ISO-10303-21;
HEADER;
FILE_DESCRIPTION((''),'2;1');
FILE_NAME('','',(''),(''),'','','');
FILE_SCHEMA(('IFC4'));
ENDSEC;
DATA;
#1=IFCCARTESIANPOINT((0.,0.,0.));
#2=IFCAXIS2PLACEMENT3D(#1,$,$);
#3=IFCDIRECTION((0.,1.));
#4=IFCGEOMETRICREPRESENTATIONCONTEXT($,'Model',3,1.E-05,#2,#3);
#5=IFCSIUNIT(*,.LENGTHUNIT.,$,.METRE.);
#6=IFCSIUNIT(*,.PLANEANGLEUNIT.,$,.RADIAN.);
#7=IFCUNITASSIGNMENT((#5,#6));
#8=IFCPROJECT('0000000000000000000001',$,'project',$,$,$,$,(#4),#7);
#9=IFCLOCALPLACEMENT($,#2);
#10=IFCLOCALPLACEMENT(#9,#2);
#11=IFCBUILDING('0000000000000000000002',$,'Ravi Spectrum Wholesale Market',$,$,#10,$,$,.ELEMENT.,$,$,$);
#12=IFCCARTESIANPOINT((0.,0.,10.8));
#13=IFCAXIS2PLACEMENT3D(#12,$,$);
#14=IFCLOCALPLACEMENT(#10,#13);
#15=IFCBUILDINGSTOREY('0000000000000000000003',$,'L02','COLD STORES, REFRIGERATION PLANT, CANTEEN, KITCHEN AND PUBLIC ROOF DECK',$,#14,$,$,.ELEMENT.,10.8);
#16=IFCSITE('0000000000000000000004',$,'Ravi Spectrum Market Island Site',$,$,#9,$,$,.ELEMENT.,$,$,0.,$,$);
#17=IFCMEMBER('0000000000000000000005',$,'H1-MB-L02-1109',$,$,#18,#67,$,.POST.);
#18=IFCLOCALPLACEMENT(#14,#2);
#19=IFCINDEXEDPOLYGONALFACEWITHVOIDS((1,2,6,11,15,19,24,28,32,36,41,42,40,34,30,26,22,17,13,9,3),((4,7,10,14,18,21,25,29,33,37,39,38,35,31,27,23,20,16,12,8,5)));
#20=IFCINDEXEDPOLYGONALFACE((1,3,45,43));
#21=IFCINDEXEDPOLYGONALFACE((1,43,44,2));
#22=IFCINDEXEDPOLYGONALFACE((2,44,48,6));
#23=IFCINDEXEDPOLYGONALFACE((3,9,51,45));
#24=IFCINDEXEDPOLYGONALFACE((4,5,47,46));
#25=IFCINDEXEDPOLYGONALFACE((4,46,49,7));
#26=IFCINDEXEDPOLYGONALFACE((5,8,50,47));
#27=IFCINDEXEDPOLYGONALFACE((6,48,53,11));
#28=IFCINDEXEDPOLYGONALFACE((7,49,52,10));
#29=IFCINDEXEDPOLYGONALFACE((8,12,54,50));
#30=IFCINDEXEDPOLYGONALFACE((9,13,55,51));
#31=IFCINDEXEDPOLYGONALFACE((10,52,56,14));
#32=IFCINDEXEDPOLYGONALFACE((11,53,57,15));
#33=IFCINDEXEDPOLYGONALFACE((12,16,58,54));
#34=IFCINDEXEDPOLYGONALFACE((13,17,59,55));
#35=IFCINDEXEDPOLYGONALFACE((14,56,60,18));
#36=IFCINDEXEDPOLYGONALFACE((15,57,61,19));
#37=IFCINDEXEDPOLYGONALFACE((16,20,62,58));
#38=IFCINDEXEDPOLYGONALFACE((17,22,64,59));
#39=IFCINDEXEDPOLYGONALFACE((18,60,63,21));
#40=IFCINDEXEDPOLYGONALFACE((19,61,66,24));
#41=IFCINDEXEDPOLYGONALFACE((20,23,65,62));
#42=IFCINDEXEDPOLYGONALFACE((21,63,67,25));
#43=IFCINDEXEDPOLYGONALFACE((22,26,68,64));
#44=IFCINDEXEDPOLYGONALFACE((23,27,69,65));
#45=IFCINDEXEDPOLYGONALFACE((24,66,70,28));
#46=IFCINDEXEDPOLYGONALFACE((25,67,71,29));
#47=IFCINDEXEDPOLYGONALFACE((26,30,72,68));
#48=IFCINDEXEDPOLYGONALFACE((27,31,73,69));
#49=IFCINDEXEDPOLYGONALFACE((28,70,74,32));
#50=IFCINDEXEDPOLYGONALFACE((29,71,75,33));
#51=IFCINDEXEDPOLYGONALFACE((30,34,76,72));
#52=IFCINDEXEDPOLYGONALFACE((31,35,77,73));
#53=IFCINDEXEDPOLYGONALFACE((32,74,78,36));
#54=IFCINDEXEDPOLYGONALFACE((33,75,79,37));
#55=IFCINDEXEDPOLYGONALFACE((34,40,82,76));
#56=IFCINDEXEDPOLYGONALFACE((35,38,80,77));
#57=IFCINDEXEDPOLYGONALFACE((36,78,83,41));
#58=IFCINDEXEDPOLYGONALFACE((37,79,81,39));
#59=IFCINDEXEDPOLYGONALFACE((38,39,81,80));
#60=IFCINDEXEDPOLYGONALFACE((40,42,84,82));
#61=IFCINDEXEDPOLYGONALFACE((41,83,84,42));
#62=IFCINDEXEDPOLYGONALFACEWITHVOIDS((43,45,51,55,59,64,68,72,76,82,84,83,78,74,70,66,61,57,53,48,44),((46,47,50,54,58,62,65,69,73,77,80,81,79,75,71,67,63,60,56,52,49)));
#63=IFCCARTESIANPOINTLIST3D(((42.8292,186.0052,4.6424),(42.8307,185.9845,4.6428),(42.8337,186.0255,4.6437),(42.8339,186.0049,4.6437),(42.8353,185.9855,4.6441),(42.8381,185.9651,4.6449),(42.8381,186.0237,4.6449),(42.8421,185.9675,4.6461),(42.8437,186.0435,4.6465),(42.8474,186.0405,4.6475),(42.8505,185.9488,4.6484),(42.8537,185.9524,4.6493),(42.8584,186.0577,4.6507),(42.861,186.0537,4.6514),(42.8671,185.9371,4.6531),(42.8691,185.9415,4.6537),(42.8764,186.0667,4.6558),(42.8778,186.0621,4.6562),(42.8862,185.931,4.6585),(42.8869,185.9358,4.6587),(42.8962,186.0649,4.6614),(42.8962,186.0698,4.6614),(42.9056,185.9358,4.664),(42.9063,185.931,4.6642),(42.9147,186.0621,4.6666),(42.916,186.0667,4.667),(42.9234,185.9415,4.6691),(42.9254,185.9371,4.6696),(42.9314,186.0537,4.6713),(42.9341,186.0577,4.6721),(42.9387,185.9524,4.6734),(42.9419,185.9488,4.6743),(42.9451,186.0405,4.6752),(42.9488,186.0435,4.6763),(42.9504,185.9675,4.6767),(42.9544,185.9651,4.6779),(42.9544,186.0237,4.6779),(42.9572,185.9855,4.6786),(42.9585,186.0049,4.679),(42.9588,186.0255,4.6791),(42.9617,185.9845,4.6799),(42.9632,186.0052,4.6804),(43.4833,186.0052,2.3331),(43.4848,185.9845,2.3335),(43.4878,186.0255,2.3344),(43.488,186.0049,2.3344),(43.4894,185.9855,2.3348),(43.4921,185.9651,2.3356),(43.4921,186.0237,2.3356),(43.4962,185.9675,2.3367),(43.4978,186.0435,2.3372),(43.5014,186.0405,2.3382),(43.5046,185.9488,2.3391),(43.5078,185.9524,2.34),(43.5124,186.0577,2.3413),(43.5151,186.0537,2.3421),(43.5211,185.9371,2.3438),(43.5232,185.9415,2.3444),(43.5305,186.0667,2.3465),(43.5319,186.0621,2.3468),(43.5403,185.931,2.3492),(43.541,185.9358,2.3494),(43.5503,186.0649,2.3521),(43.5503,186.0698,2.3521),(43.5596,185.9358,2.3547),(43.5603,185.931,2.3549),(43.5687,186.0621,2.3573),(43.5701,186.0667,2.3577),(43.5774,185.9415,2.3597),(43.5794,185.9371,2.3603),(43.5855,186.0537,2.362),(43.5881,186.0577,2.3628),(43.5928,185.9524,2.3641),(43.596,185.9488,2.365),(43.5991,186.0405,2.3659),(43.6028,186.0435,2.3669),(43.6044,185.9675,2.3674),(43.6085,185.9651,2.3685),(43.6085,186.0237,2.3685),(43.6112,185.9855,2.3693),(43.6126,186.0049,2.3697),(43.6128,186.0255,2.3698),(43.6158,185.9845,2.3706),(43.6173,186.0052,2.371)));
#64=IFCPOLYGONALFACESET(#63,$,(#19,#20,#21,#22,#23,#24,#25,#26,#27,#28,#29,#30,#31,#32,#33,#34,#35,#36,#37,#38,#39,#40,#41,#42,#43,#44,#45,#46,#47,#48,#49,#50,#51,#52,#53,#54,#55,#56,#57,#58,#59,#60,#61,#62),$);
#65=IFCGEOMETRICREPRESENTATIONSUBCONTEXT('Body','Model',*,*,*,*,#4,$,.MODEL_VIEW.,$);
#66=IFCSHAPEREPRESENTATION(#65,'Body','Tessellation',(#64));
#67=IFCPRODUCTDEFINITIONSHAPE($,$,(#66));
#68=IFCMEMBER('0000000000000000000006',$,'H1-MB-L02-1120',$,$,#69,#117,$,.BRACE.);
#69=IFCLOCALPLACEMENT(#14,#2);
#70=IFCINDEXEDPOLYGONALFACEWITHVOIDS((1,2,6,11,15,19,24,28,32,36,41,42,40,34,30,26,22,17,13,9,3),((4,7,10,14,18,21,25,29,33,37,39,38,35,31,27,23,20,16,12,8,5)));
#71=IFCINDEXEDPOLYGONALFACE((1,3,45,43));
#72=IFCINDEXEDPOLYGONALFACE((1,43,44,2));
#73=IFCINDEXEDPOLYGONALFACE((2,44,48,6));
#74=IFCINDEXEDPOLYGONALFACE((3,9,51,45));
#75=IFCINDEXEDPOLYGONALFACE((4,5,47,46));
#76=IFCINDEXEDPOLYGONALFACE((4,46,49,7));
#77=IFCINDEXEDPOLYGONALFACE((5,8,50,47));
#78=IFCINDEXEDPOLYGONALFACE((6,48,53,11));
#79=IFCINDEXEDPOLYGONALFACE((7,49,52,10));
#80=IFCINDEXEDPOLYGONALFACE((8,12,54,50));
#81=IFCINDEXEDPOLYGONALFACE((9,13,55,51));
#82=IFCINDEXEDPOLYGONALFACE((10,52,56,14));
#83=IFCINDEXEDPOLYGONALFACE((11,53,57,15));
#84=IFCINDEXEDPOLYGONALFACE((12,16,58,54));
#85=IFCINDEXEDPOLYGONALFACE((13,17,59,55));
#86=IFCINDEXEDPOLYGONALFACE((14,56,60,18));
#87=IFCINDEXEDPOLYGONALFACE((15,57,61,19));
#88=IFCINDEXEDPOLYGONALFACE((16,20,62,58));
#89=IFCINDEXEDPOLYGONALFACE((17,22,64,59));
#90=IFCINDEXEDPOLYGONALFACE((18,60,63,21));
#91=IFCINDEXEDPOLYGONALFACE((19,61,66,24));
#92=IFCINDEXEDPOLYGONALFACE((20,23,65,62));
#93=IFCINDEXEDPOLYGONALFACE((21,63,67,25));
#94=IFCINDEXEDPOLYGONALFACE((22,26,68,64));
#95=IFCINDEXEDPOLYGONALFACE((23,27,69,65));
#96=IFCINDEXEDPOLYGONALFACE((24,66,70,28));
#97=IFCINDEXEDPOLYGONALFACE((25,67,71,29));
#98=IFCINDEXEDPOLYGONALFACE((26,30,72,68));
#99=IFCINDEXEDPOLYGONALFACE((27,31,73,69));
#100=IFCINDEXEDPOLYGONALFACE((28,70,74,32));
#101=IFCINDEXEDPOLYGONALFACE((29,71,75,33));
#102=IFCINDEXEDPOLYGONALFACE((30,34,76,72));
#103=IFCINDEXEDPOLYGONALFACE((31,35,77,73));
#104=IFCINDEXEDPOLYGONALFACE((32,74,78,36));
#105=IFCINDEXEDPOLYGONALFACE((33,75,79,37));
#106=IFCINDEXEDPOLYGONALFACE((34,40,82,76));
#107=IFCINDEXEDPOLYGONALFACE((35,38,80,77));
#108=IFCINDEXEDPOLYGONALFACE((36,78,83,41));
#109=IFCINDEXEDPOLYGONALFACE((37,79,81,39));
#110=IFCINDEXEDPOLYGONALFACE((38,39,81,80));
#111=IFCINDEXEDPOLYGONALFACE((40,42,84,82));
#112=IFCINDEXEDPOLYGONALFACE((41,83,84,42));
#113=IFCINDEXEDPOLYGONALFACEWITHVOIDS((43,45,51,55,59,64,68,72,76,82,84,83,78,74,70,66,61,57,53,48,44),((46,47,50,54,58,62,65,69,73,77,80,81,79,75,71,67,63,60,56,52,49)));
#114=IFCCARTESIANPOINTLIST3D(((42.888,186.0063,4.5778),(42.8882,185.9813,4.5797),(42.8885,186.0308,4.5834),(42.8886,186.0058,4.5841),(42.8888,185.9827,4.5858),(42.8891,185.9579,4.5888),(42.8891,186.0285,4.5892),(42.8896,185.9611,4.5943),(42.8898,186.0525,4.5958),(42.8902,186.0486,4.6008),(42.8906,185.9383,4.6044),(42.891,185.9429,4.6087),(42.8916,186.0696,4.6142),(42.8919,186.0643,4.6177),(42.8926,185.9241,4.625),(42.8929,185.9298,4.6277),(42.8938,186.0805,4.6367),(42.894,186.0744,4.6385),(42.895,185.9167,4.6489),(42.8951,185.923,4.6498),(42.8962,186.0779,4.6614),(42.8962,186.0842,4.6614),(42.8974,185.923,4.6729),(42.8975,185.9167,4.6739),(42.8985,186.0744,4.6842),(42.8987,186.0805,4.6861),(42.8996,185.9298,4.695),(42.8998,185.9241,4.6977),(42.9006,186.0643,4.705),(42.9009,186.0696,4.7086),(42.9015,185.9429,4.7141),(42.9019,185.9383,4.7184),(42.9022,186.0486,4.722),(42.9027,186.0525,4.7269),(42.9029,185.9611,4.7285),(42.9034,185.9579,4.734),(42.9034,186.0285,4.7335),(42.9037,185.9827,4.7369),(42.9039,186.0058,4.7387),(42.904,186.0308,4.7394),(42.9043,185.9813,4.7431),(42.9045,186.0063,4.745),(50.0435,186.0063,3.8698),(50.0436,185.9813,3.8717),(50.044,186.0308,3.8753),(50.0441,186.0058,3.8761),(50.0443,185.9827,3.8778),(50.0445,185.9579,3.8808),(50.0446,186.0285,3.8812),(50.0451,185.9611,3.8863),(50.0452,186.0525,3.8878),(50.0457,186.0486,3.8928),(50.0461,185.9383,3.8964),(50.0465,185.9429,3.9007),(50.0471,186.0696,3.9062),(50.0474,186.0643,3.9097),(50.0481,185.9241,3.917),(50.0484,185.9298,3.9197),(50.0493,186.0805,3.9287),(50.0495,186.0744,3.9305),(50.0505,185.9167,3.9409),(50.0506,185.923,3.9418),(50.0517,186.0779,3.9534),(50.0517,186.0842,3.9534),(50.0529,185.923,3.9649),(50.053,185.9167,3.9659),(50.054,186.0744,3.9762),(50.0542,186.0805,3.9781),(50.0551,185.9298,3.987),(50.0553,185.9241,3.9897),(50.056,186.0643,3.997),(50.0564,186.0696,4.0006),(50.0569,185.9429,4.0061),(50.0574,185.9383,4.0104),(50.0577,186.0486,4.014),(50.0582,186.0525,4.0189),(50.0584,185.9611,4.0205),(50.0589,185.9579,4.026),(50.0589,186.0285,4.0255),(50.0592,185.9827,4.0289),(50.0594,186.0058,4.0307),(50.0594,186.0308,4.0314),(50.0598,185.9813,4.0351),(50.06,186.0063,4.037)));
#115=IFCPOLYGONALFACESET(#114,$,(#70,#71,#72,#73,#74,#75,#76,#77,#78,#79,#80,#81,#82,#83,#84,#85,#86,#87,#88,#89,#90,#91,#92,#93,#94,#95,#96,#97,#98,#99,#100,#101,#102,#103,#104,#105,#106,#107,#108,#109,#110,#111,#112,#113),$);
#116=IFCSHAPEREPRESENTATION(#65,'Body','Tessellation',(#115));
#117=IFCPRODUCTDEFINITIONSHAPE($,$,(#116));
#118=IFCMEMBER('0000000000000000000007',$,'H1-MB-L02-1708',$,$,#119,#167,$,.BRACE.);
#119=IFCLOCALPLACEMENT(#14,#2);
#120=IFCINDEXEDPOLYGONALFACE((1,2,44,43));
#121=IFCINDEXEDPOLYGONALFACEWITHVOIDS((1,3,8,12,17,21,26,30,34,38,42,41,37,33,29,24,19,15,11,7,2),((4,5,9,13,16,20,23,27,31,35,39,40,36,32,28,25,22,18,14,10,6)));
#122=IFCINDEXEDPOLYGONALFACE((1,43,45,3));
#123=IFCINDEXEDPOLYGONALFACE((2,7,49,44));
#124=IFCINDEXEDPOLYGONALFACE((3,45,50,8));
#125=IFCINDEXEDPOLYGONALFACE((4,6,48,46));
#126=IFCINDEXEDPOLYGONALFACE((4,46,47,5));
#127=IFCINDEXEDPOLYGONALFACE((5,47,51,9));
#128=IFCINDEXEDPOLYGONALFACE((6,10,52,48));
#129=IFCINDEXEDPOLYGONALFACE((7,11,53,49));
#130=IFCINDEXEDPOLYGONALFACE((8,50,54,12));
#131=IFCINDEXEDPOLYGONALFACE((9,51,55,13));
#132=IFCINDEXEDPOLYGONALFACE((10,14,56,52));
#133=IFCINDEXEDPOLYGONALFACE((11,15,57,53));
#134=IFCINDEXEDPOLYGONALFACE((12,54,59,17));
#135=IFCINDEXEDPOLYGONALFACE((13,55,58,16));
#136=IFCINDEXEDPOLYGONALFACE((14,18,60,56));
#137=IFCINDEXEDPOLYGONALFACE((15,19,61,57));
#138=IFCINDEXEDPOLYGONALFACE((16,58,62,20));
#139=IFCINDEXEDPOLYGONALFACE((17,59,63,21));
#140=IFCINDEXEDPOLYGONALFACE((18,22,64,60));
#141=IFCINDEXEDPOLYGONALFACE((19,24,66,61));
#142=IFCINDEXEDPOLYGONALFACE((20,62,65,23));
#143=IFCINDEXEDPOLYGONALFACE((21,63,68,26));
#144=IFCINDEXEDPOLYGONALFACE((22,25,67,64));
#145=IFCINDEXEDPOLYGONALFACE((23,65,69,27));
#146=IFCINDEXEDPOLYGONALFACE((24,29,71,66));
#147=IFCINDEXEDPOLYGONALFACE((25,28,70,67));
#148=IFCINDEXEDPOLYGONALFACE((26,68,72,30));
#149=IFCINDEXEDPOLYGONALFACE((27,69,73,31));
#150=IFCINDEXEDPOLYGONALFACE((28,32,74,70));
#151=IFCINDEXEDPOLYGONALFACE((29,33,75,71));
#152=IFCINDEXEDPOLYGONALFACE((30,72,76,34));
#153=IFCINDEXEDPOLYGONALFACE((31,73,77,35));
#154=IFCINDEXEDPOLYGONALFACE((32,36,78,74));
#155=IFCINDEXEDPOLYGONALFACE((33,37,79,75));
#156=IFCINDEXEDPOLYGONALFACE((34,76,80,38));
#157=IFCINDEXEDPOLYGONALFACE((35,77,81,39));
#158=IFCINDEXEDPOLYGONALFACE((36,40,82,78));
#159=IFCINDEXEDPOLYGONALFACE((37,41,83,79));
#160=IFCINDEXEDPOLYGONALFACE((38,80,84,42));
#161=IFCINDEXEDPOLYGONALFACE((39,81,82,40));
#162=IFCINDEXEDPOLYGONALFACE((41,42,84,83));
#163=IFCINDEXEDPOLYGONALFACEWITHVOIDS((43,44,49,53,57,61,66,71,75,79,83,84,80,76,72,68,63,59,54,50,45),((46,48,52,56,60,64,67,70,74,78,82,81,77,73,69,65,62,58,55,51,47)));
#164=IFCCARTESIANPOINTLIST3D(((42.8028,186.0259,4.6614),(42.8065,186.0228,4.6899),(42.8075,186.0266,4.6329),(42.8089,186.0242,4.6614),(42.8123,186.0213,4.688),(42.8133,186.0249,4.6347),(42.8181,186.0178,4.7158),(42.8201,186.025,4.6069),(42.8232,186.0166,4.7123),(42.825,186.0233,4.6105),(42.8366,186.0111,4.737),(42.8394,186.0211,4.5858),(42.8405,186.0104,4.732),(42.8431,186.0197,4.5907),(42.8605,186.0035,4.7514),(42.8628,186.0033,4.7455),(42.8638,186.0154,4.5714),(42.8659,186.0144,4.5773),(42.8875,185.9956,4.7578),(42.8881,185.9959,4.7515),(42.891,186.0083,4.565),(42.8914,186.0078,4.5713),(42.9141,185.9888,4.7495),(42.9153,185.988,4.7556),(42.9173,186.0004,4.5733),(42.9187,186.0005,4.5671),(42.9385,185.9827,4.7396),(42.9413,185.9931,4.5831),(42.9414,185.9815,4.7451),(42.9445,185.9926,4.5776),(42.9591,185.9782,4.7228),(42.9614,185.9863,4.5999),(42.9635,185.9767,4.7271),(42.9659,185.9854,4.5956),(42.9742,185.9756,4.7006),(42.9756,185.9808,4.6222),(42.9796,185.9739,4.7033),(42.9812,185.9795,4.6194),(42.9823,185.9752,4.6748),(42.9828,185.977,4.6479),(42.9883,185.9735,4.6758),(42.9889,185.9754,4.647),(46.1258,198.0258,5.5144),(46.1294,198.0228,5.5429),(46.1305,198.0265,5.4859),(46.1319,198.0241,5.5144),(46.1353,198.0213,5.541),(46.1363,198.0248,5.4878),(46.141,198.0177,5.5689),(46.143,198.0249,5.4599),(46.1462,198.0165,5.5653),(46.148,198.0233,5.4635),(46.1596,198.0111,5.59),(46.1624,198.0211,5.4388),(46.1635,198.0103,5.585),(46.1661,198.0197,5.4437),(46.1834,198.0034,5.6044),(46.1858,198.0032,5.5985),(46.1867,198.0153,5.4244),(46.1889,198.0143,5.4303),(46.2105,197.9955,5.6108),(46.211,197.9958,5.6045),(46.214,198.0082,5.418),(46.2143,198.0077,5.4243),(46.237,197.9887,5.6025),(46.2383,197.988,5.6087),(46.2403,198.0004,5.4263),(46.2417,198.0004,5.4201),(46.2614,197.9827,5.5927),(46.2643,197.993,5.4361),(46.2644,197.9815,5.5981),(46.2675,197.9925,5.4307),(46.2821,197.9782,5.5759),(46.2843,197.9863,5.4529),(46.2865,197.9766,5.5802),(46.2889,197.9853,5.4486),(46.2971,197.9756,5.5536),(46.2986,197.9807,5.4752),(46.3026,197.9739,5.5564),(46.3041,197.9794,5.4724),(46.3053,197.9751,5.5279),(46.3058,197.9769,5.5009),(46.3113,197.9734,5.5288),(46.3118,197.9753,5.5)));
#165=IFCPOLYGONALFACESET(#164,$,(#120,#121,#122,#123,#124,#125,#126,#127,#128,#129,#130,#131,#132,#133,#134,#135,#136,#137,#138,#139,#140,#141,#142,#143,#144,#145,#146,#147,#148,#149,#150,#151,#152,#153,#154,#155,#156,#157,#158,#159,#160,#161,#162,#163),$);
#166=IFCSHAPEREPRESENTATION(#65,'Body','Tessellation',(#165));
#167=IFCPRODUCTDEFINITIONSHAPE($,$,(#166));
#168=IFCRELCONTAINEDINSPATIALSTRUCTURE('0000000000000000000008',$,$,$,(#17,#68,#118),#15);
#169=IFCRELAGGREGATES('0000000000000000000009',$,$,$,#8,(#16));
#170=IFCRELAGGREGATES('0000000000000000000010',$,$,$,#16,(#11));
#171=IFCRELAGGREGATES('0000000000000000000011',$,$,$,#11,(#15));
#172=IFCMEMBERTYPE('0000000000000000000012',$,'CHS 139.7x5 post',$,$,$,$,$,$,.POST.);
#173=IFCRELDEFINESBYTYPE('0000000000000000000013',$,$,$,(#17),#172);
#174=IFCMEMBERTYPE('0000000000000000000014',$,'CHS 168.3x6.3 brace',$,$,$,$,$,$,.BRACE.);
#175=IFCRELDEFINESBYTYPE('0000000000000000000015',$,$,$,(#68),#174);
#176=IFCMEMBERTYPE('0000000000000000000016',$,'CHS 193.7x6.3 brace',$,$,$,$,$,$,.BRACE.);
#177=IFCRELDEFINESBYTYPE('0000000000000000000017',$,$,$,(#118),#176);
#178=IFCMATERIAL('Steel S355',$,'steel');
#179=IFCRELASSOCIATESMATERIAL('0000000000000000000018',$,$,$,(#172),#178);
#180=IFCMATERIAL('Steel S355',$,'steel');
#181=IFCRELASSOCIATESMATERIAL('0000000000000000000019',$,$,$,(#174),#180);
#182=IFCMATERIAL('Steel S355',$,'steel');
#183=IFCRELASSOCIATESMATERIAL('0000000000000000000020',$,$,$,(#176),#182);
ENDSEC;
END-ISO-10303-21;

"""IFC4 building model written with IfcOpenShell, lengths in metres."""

from ifc_helpers import new_model, si_unit, direction, frame, origin, origin_2d, place, context, subcontext, project, spatial, hollow_circle, extrude, material, material_profile, profile_set, type_object, element, save


model = new_model("IFC4")

# Units and contexts
model_context = context("Model", 3, precision=1e-05, world=origin(), true_north=direction((0.0, 1.0)))
body_context = subcontext(model_context, "Body", "Model", "MODEL_VIEW")
ifc_project = project(units=[si_unit("LENGTHUNIT", "METRE"), si_unit("PLANEANGLEUNIT", "RADIAN")], contexts=[model_context])

# Site, building, storey
site_placement = place(None, origin())
site = spatial("IfcSite", under=ifc_project, at=site_placement, Name="Ravi Spectrum Market Island Site", CompositionType="ELEMENT", RefElevation=0.0)
building_placement = place(site_placement, origin())
building = spatial("IfcBuilding", under=site, at=building_placement, Name="Ravi Spectrum Wholesale Market", CompositionType="ELEMENT")
storey_placement = place(building_placement, frame((0.0, 0.0, 10.8)))
storey = spatial("IfcBuildingStorey", under=building, at=storey_placement, Name="L02", Description="COLD STORES, REFRIGERATION PLANT, CANTEEN, KITCHEN AND PUBLIC ROOF DECK", CompositionType="ELEMENT", Elevation=10.8)

# Members
ifc_material_1 = material(Name="Steel S355", Category="steel")
ifc_material_profile_1 = material_profile(ifc_material_1, hollow_circle(Radius=0.0698, WallThickness=0.0049, at=origin_2d()))
ifc_profile_set_1 = profile_set([ifc_material_profile_1], Name="Steel S355")
member_type_1 = type_object("IfcMemberType", Name="CHS 139.7x5 post", PredefinedType="POST", material=ifc_profile_set_1)
member_1_placement = place(storey_placement, frame((42.8962, 186.0, 4.6614), z_axis=(0.272504, 0.0, -0.962155), x_axis=(0.0, 1.0, 0.0)))
element("IfcMember", 1, at=member_1_placement, inside=storey, type_object=member_type_1, Name="H1-MB-L02-1109", PredefinedType="POST", context=body_context, shape_type="SweptSolid", body=[
    extrude(hollow_circle(Radius=0.0698, WallThickness=0.0049, at=origin_2d()), origin(), (0.0, 0.0, 1.0), 2.4001),
])
ifc_material_2 = material(Name="Steel S355", Category="steel")
ifc_material_profile_2 = material_profile(ifc_material_2, hollow_circle(Radius=0.0842, WallThickness=0.0063, at=origin_2d()))
ifc_profile_set_2 = profile_set([ifc_material_profile_2], Name="Steel S355")
member_type_2 = type_object("IfcMemberType", Name="CHS 168.3x6.3 brace", PredefinedType="BRACE", material=ifc_profile_set_2)
member_2_placement = place(storey_placement, frame((42.8962, 186.0, 4.6614), z_axis=(0.995141, 0.0, -0.098465), x_axis=(0.0, 1.0, 0.0)))
element("IfcMember", 2, at=member_2_placement, inside=storey, type_object=member_type_2, Name="H1-MB-L02-1120", PredefinedType="BRACE", context=body_context, shape_type="SweptSolid", body=[
    extrude(hollow_circle(Radius=0.0842, WallThickness=0.0063, at=origin_2d()), origin(), (0.0, 0.0, 1.0), 7.1904),
])
ifc_material_3 = material(Name="Steel S355", Category="steel")
ifc_material_profile_3 = material_profile(ifc_material_3, hollow_circle(Radius=0.0969, WallThickness=0.0063, at=origin_2d()))
ifc_profile_set_3 = profile_set([ifc_material_profile_3], Name="Steel S355")
member_type_3 = type_object("IfcMemberType", Name="CHS 193.7x6.3 brace", PredefinedType="BRACE", material=ifc_profile_set_3)
member_3_placement = place(storey_placement, frame((42.8962, 186.0, 4.6614), z_axis=(0.266249, 0.961478, 0.068347), x_axis=(-0.963732, 0.266873, 0.0)))
element("IfcMember", 3, at=member_3_placement, inside=storey, type_object=member_type_3, Name="H1-MB-L02-1708", PredefinedType="BRACE", context=body_context, shape_type="SweptSolid", body=[
    extrude(hollow_circle(Radius=0.0969, WallThickness=0.0063, at=origin_2d()), origin(), (0.0, 0.0, 1.0), 12.4807),
])

save(model, "model.ifc")
